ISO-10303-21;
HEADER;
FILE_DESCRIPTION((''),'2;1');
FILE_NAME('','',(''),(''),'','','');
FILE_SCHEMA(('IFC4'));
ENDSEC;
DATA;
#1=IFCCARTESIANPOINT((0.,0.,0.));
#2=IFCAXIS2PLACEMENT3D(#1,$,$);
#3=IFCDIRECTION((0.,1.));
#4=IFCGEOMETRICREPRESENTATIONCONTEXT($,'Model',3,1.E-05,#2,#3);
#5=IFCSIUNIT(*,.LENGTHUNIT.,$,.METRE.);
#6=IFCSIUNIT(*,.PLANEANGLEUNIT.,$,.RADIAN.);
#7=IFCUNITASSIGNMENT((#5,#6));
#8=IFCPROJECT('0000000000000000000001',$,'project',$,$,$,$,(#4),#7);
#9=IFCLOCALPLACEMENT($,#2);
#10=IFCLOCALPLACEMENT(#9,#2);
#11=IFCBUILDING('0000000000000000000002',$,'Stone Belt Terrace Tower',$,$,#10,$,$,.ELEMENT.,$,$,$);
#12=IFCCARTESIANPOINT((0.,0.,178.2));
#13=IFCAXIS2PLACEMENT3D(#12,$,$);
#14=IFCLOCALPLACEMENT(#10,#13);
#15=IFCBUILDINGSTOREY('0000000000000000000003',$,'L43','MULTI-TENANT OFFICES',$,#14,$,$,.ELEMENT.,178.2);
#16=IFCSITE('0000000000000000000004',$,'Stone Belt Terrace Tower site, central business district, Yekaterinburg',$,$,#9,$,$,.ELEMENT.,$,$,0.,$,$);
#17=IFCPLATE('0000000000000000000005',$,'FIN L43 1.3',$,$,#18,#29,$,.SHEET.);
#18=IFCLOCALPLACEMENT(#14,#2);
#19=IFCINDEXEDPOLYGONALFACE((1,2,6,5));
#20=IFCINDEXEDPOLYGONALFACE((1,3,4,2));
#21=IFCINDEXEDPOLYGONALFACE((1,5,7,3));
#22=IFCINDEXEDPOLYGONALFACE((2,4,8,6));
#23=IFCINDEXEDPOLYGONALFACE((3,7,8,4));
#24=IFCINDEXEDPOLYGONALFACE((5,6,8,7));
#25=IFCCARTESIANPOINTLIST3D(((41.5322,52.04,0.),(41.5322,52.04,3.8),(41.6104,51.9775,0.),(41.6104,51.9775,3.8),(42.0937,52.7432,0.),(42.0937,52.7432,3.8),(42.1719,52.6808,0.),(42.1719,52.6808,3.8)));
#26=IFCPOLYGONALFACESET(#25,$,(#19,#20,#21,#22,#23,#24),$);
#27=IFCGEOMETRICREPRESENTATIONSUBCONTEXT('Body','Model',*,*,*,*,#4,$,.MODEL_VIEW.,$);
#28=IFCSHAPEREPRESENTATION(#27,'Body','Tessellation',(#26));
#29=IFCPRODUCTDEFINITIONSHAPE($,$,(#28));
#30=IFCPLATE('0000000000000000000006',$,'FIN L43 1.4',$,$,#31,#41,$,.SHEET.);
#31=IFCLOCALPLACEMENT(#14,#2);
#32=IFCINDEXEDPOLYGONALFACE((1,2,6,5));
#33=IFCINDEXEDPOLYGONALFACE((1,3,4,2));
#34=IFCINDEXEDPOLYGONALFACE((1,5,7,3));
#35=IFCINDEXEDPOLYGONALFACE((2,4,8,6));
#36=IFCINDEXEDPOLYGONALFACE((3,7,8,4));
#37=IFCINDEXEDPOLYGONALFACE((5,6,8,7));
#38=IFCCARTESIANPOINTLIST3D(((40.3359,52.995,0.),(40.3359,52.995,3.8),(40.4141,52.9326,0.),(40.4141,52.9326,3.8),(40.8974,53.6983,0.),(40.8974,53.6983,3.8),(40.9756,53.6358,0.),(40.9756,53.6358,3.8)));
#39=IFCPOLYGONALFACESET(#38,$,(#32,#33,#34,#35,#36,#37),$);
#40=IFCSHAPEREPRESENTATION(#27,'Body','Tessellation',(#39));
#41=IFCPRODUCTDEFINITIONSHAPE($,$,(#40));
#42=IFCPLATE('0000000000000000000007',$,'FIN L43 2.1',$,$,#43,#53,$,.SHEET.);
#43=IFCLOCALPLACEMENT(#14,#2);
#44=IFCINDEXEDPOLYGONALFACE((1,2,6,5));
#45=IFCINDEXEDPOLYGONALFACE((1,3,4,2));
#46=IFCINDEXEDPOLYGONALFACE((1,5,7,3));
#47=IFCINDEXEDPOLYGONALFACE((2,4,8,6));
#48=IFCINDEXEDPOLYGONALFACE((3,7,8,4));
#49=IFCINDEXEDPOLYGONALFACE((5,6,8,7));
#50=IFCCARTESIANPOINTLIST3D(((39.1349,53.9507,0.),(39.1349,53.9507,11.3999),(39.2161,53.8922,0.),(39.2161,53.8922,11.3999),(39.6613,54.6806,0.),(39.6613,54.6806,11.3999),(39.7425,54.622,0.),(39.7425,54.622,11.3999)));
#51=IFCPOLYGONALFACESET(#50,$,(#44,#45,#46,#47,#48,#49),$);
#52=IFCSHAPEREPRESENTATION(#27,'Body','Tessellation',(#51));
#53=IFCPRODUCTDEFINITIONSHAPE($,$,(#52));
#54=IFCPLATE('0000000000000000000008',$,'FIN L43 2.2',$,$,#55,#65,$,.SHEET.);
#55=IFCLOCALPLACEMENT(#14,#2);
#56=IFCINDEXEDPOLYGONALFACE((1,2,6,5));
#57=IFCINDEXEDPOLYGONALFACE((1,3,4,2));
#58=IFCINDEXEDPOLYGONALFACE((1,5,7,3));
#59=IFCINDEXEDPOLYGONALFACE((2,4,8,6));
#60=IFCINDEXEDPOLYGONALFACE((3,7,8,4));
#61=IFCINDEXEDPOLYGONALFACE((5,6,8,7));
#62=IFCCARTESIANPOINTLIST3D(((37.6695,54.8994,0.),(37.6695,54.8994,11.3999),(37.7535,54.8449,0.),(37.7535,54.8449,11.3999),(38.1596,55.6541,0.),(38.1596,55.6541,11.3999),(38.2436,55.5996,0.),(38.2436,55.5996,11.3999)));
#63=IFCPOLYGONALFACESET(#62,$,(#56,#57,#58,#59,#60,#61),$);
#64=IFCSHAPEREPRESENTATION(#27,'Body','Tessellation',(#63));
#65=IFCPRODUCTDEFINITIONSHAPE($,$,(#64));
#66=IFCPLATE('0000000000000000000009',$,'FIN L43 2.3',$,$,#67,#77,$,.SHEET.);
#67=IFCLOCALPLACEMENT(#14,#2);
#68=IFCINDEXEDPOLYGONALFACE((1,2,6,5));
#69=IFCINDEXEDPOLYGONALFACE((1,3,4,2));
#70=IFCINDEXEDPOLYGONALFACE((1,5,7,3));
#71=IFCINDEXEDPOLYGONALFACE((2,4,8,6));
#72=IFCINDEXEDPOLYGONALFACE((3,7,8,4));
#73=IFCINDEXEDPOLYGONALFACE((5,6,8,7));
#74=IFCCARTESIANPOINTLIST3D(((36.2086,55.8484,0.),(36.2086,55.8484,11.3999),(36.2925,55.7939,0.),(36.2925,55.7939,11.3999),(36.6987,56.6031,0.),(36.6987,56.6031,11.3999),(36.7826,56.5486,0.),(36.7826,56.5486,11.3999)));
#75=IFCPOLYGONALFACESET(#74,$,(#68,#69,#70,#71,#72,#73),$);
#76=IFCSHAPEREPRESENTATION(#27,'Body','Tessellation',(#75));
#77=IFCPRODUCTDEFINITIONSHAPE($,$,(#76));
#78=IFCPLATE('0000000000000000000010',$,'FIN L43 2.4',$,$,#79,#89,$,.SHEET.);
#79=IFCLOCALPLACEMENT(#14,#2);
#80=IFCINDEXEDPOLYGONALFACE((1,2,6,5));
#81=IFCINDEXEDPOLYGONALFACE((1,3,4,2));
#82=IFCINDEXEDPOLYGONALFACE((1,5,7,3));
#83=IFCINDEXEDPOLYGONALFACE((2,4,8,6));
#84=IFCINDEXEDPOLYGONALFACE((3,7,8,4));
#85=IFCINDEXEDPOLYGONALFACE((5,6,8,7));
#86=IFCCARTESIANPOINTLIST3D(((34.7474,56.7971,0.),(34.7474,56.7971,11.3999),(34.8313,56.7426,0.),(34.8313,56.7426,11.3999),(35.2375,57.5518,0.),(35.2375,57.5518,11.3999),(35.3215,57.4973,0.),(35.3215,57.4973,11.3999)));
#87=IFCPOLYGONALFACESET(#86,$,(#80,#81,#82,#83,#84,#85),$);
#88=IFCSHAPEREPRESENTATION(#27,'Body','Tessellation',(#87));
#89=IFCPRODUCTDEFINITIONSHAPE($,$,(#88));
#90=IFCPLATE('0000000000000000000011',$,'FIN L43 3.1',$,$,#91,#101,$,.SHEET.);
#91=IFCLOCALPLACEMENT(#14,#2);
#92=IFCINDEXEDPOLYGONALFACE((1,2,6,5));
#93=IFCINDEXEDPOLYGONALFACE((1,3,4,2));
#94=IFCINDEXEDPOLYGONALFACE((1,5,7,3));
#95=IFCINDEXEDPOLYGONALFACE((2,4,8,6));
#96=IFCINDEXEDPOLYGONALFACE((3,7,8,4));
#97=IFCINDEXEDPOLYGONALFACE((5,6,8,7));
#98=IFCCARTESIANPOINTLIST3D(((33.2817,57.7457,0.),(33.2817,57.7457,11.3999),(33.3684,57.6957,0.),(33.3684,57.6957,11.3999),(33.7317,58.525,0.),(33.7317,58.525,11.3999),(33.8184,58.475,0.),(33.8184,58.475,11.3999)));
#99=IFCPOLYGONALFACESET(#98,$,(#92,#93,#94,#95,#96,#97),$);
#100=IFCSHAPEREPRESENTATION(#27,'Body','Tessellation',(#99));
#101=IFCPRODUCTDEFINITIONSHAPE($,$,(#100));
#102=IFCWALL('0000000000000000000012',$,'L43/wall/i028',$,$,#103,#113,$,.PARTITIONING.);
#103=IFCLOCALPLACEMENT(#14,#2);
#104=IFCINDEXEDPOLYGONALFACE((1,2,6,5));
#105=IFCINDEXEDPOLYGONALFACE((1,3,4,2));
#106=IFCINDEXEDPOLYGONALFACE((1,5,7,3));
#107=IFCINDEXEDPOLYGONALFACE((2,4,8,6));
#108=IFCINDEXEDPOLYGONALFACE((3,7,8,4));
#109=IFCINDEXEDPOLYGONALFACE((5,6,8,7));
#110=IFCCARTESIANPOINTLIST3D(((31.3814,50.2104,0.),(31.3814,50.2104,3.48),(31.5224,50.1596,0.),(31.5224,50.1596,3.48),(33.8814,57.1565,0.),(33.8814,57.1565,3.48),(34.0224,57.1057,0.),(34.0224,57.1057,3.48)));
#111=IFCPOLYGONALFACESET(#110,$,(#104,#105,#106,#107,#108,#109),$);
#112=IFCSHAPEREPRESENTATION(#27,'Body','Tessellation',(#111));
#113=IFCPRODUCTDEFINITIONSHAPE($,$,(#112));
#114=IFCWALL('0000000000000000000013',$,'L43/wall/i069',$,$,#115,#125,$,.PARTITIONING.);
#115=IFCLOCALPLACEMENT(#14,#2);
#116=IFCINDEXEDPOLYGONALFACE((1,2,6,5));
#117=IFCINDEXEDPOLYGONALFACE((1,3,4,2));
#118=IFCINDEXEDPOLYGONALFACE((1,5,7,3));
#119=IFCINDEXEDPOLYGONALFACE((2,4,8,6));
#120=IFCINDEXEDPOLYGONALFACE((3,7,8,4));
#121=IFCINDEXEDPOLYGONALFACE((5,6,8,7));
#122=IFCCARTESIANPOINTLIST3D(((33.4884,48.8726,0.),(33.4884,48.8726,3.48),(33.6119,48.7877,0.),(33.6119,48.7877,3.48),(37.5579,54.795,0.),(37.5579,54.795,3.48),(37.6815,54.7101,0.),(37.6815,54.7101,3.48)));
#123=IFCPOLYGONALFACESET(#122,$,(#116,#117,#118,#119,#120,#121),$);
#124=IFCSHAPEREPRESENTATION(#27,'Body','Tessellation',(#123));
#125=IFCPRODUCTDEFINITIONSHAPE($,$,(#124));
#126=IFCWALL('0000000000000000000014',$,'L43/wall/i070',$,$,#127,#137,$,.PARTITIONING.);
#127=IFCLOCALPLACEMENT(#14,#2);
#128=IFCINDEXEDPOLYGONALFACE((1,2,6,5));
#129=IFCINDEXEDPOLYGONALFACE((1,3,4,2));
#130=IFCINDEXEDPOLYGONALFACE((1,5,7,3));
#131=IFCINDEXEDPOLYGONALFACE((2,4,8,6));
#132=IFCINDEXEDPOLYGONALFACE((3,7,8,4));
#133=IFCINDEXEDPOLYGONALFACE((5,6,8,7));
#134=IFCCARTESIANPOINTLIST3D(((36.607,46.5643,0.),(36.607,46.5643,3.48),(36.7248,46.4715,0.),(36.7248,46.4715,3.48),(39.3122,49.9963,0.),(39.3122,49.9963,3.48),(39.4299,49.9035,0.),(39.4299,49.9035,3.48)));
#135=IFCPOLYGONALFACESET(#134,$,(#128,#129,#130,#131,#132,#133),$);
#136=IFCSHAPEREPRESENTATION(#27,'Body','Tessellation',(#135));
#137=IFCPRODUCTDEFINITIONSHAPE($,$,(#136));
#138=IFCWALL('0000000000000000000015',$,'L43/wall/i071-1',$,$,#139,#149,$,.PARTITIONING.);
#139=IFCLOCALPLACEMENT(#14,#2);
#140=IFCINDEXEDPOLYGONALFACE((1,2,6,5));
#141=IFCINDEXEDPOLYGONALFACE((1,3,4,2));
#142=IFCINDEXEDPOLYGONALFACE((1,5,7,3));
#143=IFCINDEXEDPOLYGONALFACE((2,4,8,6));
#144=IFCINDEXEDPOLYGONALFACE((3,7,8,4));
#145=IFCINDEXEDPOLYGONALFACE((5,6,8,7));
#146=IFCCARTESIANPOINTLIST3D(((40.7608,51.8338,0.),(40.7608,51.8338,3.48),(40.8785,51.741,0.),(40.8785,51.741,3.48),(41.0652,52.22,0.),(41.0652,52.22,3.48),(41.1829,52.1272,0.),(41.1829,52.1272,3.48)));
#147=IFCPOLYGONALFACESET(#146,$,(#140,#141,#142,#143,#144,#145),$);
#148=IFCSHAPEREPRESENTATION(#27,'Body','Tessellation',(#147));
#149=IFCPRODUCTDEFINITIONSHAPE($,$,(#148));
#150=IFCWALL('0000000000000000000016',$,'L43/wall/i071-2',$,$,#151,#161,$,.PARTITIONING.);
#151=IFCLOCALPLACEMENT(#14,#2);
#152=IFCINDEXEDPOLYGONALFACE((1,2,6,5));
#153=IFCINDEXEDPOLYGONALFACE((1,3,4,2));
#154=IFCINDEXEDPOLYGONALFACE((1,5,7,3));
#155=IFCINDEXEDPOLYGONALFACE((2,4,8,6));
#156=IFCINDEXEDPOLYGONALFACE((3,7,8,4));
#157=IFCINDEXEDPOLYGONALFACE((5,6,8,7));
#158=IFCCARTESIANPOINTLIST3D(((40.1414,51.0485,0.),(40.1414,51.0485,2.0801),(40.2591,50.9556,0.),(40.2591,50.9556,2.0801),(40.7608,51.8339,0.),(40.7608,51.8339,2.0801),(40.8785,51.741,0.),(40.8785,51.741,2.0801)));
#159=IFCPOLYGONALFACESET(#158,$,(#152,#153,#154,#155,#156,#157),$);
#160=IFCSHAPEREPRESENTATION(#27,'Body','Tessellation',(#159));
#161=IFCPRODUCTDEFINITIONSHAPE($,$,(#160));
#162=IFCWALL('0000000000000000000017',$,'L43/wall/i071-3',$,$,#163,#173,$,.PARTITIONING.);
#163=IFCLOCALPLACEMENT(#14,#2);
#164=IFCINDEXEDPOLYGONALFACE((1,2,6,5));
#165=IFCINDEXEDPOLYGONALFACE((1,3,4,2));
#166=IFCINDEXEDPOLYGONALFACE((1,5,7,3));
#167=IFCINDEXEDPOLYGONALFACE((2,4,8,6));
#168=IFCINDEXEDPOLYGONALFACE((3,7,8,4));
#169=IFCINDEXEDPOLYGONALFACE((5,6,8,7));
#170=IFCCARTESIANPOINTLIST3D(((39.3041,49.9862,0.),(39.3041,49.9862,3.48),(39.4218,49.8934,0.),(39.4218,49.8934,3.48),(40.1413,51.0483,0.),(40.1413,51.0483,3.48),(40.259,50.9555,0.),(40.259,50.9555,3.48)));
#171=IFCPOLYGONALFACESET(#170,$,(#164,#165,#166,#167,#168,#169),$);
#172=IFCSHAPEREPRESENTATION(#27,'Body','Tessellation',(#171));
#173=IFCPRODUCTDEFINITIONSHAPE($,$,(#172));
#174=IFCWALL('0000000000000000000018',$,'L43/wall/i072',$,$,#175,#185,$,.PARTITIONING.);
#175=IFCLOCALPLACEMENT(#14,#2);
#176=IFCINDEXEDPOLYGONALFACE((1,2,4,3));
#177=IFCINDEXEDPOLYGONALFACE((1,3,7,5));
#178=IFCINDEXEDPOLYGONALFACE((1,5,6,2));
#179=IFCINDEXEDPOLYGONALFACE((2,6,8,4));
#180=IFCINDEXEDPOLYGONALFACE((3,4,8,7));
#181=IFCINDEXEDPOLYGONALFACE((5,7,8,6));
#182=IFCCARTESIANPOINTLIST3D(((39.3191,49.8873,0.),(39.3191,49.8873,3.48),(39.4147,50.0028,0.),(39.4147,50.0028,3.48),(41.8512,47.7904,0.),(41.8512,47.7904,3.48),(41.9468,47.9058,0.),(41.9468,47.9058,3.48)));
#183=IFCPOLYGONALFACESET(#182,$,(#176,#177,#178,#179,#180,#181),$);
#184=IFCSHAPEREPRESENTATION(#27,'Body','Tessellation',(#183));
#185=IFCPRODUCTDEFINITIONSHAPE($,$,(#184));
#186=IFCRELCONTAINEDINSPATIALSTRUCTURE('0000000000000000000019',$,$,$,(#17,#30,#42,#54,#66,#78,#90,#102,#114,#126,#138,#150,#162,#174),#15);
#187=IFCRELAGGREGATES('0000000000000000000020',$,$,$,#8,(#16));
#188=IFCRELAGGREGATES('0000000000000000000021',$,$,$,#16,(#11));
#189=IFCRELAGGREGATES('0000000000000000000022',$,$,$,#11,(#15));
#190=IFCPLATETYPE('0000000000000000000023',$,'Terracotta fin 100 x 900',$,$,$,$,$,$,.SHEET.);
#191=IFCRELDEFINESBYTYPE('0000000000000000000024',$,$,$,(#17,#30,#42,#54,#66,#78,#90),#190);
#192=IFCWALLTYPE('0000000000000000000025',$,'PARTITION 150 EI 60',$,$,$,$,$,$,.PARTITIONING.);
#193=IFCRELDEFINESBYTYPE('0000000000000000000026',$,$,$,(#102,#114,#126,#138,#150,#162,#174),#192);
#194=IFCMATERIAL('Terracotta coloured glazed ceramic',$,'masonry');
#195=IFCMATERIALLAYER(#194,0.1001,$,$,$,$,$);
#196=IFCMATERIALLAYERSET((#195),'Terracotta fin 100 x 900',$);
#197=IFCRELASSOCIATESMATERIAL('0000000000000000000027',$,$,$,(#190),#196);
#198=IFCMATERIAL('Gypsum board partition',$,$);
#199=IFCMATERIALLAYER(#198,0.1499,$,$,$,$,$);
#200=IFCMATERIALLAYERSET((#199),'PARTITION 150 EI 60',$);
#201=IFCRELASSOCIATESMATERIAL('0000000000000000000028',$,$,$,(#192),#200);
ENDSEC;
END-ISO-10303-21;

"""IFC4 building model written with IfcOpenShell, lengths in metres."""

from ifc_helpers import new_model, si_unit, direction, frame, frame_2d, origin, origin_2d, place, context, subcontext, project, spatial, rectangle, extrude, material, layer, layer_set, type_object, element, save


model = new_model("IFC4")

# Units and contexts
model_context = context("Model", 3, precision=1e-05, world=origin(), true_north=direction((0.0, 1.0)))
body_context = subcontext(model_context, "Body", "Model", "MODEL_VIEW")
ifc_project = project(units=[si_unit("LENGTHUNIT", "METRE"), si_unit("PLANEANGLEUNIT", "RADIAN")], contexts=[model_context])

# Site, building, storey
site_placement = place(None, origin())
site = spatial("IfcSite", under=ifc_project, at=site_placement, Name="Stone Belt Terrace Tower site, central business district, Yekaterinburg", CompositionType="ELEMENT", RefElevation=0.0)
building_placement = place(site_placement, origin())
building = spatial("IfcBuilding", under=site, at=building_placement, Name="Stone Belt Terrace Tower", CompositionType="ELEMENT")
storey_placement = place(building_placement, frame((0.0, 0.0, 178.2)))
storey = spatial("IfcBuildingStorey", under=building, at=storey_placement, Name="L43", Description="MULTI-TENANT OFFICES", CompositionType="ELEMENT", Elevation=178.2)

# Plates
ifc_material_1 = material(Name="Terracotta coloured glazed ceramic", Category="masonry")
ifc_layer_1 = layer(ifc_material_1, 0.1001)
ifc_layer_set_1 = layer_set([ifc_layer_1], Name="Terracotta fin 100 x 900")
plate_type_1 = type_object("IfcPlateType", Name="Terracotta fin 100 x 900", PredefinedType="SHEET", material=ifc_layer_set_1)
for number, where, z_axis, x_axis, name in (
    (1, (41.8521, 52.3604, 0.0), (0.0, 0.0, 1.0), (0.623931, 0.781479, 0.0), "FIN L43 1.3"),
    (2, (40.6558, 53.3154, 0.0), (0.0, 0.0, 1.0), (0.623931, 0.781479, 0.0), "FIN L43 1.4"),
):
    element("IfcPlate", number, at=place(storey_placement, frame(where, z_axis=z_axis, x_axis=x_axis)), inside=storey, type_object=plate_type_1, Name=name, PredefinedType="SHEET", context=body_context, shape_type="SweptSolid", body=[
        extrude(rectangle(XDim=0.8999, YDim=0.1001, at=origin_2d()), origin(), (0.0, 0.0, 1.0), 3.8),
    ])
for number, where, z_axis, x_axis, name in (
    (3, (39.4387, 54.2864, 0.0), (0.0, 0.0, 1.0), (0.584984, 0.811045, 0.0), "FIN L43 2.1"),
    (4, (37.9565, 55.2495, 0.0), (0.0, 0.0, 1.0), (0.544639, 0.838671, 0.0), "FIN L43 2.2"),
    (5, (36.4956, 56.1985, 0.0), (0.0, 0.0, 1.0), (0.544639, 0.838671, 0.0), "FIN L43 2.3"),
    (6, (35.0344, 57.1472, 0.0), (0.0, 0.0, 1.0), (0.544639, 0.838671, 0.0), "FIN L43 2.4"),
    (7, (33.55, 58.1104, 0.0), (0.0, 0.0, 1.0), (0.5, 0.866025, 0.0), "FIN L43 3.1"),
):
    element("IfcPlate", number, at=place(storey_placement, frame(where, z_axis=z_axis, x_axis=x_axis)), inside=storey, type_object=plate_type_1, Name=name, PredefinedType="SHEET", context=body_context, shape_type="SweptSolid", body=[
        extrude(rectangle(XDim=0.8999, YDim=0.1001, at=origin_2d()), origin(), (0.0, 0.0, 1.0), 11.3999),
    ])

# Walls
ifc_material_2 = material(Name="Gypsum board partition")
ifc_layer_2 = layer(ifc_material_2, 0.1499)
ifc_layer_set_2 = layer_set([ifc_layer_2], Name="PARTITION 150 EI 60")
wall_type = type_object("IfcWallType", Name="PARTITION 150 EI 60", PredefinedType="PARTITIONING", material=ifc_layer_set_2)
wall_1_placement = place(storey_placement, frame((33.9519, 57.1311, 0.0), z_axis=(0.0, 0.0, 1.0), x_axis=(-0.33865, -0.940912, 0.0)))
element("IfcWall", 8, at=wall_1_placement, inside=storey, type_object=wall_type, Name="L43/wall/i028", PredefinedType="PARTITIONING", context=body_context, shape_type="SweptSolid", body=[
    extrude(rectangle(XDim=7.3823, YDim=0.1499, at=frame_2d((3.6912, 0.0))), origin(), (0.0, 0.0, 1.0), 3.48),
])
wall_2_placement = place(storey_placement, frame((37.6196, 54.7524, 0.0), z_axis=(0.0, 0.0, 1.0), x_axis=(-0.566336, -0.824175, 0.0)))
element("IfcWall", 9, at=wall_2_placement, inside=storey, type_object=wall_type, Name="L43/wall/i069", PredefinedType="PARTITIONING", context=body_context, shape_type="SweptSolid", body=[
    extrude(rectangle(XDim=7.1858, YDim=0.1499, at=frame_2d((3.5928, 0.0))), origin(), (0.0, 0.0, 1.0), 3.48),
])
wall_3_placement = place(storey_placement, frame((39.3711, 49.95, 0.0), z_axis=(0.0, 0.0, 1.0), x_axis=(-0.619037, -0.785362, 0.0)))
element("IfcWall", 10, at=wall_3_placement, inside=storey, type_object=wall_type, Name="L43/wall/i070", PredefinedType="PARTITIONING", context=body_context, shape_type="SweptSolid", body=[
    extrude(rectangle(XDim=4.3699, YDim=0.1499, at=frame_2d((2.1851, 0.0))), origin(), (0.0, 0.0, 1.0), 3.48),
])
wall_4_placement = place(storey_placement, frame((41.124, 52.1736, 0.0), z_axis=(0.0, 0.0, 1.0), x_axis=(-0.619049, -0.785353, 0.0)))
element("IfcWall", 11, at=wall_4_placement, inside=storey, type_object=wall_type, Name="L43/wall/i071-1", PredefinedType="PARTITIONING", context=body_context, shape_type="SweptSolid", body=[
    extrude(rectangle(XDim=0.4917, YDim=0.1499, at=frame_2d((0.2458, 0.0))), origin(), (0.0, 0.0, 1.0), 3.48),
])
wall_5_placement = place(storey_placement, frame((40.8196, 51.7874, 0.0), z_axis=(0.0, 0.0, 1.0), x_axis=(-0.619233, -0.785208, 0.0)))
element("IfcWall", 12, at=wall_5_placement, inside=storey, type_object=wall_type, Name="L43/wall/i071-2", PredefinedType="PARTITIONING", context=body_context, shape_type="SweptSolid", body=[
    extrude(rectangle(XDim=1.0002, YDim=0.1499, at=frame_2d((0.5, 0.0))), origin(), (0.0, 0.0, 1.0), 2.0801),
])
wall_6_placement = place(storey_placement, frame((40.2002, 51.002, 0.0), z_axis=(0.0, 0.0, 1.0), x_axis=(-0.619065, -0.78534, 0.0)))
element("IfcWall", 13, at=wall_6_placement, inside=storey, type_object=wall_type, Name="L43/wall/i071-3", PredefinedType="PARTITIONING", context=body_context, shape_type="SweptSolid", body=[
    extrude(rectangle(XDim=1.3523, YDim=0.1499, at=frame_2d((0.6763, 0.0))), origin(), (0.0, 0.0, 1.0), 3.48),
])
wall_7_placement = place(storey_placement, frame((39.3669, 49.9451, 0.0), z_axis=(0.0, 0.0, 1.0), x_axis=(0.770172, -0.637837, 0.0)))
element("IfcWall", 14, at=wall_7_placement, inside=storey, type_object=wall_type, Name="L43/wall/i072", PredefinedType="PARTITIONING", context=body_context, shape_type="SweptSolid", body=[
    extrude(rectangle(XDim=3.2876, YDim=0.1499, at=frame_2d((1.6438, 0.0))), origin(), (0.0, 0.0, 1.0), 3.48),
])

save(model, "model.ifc")
